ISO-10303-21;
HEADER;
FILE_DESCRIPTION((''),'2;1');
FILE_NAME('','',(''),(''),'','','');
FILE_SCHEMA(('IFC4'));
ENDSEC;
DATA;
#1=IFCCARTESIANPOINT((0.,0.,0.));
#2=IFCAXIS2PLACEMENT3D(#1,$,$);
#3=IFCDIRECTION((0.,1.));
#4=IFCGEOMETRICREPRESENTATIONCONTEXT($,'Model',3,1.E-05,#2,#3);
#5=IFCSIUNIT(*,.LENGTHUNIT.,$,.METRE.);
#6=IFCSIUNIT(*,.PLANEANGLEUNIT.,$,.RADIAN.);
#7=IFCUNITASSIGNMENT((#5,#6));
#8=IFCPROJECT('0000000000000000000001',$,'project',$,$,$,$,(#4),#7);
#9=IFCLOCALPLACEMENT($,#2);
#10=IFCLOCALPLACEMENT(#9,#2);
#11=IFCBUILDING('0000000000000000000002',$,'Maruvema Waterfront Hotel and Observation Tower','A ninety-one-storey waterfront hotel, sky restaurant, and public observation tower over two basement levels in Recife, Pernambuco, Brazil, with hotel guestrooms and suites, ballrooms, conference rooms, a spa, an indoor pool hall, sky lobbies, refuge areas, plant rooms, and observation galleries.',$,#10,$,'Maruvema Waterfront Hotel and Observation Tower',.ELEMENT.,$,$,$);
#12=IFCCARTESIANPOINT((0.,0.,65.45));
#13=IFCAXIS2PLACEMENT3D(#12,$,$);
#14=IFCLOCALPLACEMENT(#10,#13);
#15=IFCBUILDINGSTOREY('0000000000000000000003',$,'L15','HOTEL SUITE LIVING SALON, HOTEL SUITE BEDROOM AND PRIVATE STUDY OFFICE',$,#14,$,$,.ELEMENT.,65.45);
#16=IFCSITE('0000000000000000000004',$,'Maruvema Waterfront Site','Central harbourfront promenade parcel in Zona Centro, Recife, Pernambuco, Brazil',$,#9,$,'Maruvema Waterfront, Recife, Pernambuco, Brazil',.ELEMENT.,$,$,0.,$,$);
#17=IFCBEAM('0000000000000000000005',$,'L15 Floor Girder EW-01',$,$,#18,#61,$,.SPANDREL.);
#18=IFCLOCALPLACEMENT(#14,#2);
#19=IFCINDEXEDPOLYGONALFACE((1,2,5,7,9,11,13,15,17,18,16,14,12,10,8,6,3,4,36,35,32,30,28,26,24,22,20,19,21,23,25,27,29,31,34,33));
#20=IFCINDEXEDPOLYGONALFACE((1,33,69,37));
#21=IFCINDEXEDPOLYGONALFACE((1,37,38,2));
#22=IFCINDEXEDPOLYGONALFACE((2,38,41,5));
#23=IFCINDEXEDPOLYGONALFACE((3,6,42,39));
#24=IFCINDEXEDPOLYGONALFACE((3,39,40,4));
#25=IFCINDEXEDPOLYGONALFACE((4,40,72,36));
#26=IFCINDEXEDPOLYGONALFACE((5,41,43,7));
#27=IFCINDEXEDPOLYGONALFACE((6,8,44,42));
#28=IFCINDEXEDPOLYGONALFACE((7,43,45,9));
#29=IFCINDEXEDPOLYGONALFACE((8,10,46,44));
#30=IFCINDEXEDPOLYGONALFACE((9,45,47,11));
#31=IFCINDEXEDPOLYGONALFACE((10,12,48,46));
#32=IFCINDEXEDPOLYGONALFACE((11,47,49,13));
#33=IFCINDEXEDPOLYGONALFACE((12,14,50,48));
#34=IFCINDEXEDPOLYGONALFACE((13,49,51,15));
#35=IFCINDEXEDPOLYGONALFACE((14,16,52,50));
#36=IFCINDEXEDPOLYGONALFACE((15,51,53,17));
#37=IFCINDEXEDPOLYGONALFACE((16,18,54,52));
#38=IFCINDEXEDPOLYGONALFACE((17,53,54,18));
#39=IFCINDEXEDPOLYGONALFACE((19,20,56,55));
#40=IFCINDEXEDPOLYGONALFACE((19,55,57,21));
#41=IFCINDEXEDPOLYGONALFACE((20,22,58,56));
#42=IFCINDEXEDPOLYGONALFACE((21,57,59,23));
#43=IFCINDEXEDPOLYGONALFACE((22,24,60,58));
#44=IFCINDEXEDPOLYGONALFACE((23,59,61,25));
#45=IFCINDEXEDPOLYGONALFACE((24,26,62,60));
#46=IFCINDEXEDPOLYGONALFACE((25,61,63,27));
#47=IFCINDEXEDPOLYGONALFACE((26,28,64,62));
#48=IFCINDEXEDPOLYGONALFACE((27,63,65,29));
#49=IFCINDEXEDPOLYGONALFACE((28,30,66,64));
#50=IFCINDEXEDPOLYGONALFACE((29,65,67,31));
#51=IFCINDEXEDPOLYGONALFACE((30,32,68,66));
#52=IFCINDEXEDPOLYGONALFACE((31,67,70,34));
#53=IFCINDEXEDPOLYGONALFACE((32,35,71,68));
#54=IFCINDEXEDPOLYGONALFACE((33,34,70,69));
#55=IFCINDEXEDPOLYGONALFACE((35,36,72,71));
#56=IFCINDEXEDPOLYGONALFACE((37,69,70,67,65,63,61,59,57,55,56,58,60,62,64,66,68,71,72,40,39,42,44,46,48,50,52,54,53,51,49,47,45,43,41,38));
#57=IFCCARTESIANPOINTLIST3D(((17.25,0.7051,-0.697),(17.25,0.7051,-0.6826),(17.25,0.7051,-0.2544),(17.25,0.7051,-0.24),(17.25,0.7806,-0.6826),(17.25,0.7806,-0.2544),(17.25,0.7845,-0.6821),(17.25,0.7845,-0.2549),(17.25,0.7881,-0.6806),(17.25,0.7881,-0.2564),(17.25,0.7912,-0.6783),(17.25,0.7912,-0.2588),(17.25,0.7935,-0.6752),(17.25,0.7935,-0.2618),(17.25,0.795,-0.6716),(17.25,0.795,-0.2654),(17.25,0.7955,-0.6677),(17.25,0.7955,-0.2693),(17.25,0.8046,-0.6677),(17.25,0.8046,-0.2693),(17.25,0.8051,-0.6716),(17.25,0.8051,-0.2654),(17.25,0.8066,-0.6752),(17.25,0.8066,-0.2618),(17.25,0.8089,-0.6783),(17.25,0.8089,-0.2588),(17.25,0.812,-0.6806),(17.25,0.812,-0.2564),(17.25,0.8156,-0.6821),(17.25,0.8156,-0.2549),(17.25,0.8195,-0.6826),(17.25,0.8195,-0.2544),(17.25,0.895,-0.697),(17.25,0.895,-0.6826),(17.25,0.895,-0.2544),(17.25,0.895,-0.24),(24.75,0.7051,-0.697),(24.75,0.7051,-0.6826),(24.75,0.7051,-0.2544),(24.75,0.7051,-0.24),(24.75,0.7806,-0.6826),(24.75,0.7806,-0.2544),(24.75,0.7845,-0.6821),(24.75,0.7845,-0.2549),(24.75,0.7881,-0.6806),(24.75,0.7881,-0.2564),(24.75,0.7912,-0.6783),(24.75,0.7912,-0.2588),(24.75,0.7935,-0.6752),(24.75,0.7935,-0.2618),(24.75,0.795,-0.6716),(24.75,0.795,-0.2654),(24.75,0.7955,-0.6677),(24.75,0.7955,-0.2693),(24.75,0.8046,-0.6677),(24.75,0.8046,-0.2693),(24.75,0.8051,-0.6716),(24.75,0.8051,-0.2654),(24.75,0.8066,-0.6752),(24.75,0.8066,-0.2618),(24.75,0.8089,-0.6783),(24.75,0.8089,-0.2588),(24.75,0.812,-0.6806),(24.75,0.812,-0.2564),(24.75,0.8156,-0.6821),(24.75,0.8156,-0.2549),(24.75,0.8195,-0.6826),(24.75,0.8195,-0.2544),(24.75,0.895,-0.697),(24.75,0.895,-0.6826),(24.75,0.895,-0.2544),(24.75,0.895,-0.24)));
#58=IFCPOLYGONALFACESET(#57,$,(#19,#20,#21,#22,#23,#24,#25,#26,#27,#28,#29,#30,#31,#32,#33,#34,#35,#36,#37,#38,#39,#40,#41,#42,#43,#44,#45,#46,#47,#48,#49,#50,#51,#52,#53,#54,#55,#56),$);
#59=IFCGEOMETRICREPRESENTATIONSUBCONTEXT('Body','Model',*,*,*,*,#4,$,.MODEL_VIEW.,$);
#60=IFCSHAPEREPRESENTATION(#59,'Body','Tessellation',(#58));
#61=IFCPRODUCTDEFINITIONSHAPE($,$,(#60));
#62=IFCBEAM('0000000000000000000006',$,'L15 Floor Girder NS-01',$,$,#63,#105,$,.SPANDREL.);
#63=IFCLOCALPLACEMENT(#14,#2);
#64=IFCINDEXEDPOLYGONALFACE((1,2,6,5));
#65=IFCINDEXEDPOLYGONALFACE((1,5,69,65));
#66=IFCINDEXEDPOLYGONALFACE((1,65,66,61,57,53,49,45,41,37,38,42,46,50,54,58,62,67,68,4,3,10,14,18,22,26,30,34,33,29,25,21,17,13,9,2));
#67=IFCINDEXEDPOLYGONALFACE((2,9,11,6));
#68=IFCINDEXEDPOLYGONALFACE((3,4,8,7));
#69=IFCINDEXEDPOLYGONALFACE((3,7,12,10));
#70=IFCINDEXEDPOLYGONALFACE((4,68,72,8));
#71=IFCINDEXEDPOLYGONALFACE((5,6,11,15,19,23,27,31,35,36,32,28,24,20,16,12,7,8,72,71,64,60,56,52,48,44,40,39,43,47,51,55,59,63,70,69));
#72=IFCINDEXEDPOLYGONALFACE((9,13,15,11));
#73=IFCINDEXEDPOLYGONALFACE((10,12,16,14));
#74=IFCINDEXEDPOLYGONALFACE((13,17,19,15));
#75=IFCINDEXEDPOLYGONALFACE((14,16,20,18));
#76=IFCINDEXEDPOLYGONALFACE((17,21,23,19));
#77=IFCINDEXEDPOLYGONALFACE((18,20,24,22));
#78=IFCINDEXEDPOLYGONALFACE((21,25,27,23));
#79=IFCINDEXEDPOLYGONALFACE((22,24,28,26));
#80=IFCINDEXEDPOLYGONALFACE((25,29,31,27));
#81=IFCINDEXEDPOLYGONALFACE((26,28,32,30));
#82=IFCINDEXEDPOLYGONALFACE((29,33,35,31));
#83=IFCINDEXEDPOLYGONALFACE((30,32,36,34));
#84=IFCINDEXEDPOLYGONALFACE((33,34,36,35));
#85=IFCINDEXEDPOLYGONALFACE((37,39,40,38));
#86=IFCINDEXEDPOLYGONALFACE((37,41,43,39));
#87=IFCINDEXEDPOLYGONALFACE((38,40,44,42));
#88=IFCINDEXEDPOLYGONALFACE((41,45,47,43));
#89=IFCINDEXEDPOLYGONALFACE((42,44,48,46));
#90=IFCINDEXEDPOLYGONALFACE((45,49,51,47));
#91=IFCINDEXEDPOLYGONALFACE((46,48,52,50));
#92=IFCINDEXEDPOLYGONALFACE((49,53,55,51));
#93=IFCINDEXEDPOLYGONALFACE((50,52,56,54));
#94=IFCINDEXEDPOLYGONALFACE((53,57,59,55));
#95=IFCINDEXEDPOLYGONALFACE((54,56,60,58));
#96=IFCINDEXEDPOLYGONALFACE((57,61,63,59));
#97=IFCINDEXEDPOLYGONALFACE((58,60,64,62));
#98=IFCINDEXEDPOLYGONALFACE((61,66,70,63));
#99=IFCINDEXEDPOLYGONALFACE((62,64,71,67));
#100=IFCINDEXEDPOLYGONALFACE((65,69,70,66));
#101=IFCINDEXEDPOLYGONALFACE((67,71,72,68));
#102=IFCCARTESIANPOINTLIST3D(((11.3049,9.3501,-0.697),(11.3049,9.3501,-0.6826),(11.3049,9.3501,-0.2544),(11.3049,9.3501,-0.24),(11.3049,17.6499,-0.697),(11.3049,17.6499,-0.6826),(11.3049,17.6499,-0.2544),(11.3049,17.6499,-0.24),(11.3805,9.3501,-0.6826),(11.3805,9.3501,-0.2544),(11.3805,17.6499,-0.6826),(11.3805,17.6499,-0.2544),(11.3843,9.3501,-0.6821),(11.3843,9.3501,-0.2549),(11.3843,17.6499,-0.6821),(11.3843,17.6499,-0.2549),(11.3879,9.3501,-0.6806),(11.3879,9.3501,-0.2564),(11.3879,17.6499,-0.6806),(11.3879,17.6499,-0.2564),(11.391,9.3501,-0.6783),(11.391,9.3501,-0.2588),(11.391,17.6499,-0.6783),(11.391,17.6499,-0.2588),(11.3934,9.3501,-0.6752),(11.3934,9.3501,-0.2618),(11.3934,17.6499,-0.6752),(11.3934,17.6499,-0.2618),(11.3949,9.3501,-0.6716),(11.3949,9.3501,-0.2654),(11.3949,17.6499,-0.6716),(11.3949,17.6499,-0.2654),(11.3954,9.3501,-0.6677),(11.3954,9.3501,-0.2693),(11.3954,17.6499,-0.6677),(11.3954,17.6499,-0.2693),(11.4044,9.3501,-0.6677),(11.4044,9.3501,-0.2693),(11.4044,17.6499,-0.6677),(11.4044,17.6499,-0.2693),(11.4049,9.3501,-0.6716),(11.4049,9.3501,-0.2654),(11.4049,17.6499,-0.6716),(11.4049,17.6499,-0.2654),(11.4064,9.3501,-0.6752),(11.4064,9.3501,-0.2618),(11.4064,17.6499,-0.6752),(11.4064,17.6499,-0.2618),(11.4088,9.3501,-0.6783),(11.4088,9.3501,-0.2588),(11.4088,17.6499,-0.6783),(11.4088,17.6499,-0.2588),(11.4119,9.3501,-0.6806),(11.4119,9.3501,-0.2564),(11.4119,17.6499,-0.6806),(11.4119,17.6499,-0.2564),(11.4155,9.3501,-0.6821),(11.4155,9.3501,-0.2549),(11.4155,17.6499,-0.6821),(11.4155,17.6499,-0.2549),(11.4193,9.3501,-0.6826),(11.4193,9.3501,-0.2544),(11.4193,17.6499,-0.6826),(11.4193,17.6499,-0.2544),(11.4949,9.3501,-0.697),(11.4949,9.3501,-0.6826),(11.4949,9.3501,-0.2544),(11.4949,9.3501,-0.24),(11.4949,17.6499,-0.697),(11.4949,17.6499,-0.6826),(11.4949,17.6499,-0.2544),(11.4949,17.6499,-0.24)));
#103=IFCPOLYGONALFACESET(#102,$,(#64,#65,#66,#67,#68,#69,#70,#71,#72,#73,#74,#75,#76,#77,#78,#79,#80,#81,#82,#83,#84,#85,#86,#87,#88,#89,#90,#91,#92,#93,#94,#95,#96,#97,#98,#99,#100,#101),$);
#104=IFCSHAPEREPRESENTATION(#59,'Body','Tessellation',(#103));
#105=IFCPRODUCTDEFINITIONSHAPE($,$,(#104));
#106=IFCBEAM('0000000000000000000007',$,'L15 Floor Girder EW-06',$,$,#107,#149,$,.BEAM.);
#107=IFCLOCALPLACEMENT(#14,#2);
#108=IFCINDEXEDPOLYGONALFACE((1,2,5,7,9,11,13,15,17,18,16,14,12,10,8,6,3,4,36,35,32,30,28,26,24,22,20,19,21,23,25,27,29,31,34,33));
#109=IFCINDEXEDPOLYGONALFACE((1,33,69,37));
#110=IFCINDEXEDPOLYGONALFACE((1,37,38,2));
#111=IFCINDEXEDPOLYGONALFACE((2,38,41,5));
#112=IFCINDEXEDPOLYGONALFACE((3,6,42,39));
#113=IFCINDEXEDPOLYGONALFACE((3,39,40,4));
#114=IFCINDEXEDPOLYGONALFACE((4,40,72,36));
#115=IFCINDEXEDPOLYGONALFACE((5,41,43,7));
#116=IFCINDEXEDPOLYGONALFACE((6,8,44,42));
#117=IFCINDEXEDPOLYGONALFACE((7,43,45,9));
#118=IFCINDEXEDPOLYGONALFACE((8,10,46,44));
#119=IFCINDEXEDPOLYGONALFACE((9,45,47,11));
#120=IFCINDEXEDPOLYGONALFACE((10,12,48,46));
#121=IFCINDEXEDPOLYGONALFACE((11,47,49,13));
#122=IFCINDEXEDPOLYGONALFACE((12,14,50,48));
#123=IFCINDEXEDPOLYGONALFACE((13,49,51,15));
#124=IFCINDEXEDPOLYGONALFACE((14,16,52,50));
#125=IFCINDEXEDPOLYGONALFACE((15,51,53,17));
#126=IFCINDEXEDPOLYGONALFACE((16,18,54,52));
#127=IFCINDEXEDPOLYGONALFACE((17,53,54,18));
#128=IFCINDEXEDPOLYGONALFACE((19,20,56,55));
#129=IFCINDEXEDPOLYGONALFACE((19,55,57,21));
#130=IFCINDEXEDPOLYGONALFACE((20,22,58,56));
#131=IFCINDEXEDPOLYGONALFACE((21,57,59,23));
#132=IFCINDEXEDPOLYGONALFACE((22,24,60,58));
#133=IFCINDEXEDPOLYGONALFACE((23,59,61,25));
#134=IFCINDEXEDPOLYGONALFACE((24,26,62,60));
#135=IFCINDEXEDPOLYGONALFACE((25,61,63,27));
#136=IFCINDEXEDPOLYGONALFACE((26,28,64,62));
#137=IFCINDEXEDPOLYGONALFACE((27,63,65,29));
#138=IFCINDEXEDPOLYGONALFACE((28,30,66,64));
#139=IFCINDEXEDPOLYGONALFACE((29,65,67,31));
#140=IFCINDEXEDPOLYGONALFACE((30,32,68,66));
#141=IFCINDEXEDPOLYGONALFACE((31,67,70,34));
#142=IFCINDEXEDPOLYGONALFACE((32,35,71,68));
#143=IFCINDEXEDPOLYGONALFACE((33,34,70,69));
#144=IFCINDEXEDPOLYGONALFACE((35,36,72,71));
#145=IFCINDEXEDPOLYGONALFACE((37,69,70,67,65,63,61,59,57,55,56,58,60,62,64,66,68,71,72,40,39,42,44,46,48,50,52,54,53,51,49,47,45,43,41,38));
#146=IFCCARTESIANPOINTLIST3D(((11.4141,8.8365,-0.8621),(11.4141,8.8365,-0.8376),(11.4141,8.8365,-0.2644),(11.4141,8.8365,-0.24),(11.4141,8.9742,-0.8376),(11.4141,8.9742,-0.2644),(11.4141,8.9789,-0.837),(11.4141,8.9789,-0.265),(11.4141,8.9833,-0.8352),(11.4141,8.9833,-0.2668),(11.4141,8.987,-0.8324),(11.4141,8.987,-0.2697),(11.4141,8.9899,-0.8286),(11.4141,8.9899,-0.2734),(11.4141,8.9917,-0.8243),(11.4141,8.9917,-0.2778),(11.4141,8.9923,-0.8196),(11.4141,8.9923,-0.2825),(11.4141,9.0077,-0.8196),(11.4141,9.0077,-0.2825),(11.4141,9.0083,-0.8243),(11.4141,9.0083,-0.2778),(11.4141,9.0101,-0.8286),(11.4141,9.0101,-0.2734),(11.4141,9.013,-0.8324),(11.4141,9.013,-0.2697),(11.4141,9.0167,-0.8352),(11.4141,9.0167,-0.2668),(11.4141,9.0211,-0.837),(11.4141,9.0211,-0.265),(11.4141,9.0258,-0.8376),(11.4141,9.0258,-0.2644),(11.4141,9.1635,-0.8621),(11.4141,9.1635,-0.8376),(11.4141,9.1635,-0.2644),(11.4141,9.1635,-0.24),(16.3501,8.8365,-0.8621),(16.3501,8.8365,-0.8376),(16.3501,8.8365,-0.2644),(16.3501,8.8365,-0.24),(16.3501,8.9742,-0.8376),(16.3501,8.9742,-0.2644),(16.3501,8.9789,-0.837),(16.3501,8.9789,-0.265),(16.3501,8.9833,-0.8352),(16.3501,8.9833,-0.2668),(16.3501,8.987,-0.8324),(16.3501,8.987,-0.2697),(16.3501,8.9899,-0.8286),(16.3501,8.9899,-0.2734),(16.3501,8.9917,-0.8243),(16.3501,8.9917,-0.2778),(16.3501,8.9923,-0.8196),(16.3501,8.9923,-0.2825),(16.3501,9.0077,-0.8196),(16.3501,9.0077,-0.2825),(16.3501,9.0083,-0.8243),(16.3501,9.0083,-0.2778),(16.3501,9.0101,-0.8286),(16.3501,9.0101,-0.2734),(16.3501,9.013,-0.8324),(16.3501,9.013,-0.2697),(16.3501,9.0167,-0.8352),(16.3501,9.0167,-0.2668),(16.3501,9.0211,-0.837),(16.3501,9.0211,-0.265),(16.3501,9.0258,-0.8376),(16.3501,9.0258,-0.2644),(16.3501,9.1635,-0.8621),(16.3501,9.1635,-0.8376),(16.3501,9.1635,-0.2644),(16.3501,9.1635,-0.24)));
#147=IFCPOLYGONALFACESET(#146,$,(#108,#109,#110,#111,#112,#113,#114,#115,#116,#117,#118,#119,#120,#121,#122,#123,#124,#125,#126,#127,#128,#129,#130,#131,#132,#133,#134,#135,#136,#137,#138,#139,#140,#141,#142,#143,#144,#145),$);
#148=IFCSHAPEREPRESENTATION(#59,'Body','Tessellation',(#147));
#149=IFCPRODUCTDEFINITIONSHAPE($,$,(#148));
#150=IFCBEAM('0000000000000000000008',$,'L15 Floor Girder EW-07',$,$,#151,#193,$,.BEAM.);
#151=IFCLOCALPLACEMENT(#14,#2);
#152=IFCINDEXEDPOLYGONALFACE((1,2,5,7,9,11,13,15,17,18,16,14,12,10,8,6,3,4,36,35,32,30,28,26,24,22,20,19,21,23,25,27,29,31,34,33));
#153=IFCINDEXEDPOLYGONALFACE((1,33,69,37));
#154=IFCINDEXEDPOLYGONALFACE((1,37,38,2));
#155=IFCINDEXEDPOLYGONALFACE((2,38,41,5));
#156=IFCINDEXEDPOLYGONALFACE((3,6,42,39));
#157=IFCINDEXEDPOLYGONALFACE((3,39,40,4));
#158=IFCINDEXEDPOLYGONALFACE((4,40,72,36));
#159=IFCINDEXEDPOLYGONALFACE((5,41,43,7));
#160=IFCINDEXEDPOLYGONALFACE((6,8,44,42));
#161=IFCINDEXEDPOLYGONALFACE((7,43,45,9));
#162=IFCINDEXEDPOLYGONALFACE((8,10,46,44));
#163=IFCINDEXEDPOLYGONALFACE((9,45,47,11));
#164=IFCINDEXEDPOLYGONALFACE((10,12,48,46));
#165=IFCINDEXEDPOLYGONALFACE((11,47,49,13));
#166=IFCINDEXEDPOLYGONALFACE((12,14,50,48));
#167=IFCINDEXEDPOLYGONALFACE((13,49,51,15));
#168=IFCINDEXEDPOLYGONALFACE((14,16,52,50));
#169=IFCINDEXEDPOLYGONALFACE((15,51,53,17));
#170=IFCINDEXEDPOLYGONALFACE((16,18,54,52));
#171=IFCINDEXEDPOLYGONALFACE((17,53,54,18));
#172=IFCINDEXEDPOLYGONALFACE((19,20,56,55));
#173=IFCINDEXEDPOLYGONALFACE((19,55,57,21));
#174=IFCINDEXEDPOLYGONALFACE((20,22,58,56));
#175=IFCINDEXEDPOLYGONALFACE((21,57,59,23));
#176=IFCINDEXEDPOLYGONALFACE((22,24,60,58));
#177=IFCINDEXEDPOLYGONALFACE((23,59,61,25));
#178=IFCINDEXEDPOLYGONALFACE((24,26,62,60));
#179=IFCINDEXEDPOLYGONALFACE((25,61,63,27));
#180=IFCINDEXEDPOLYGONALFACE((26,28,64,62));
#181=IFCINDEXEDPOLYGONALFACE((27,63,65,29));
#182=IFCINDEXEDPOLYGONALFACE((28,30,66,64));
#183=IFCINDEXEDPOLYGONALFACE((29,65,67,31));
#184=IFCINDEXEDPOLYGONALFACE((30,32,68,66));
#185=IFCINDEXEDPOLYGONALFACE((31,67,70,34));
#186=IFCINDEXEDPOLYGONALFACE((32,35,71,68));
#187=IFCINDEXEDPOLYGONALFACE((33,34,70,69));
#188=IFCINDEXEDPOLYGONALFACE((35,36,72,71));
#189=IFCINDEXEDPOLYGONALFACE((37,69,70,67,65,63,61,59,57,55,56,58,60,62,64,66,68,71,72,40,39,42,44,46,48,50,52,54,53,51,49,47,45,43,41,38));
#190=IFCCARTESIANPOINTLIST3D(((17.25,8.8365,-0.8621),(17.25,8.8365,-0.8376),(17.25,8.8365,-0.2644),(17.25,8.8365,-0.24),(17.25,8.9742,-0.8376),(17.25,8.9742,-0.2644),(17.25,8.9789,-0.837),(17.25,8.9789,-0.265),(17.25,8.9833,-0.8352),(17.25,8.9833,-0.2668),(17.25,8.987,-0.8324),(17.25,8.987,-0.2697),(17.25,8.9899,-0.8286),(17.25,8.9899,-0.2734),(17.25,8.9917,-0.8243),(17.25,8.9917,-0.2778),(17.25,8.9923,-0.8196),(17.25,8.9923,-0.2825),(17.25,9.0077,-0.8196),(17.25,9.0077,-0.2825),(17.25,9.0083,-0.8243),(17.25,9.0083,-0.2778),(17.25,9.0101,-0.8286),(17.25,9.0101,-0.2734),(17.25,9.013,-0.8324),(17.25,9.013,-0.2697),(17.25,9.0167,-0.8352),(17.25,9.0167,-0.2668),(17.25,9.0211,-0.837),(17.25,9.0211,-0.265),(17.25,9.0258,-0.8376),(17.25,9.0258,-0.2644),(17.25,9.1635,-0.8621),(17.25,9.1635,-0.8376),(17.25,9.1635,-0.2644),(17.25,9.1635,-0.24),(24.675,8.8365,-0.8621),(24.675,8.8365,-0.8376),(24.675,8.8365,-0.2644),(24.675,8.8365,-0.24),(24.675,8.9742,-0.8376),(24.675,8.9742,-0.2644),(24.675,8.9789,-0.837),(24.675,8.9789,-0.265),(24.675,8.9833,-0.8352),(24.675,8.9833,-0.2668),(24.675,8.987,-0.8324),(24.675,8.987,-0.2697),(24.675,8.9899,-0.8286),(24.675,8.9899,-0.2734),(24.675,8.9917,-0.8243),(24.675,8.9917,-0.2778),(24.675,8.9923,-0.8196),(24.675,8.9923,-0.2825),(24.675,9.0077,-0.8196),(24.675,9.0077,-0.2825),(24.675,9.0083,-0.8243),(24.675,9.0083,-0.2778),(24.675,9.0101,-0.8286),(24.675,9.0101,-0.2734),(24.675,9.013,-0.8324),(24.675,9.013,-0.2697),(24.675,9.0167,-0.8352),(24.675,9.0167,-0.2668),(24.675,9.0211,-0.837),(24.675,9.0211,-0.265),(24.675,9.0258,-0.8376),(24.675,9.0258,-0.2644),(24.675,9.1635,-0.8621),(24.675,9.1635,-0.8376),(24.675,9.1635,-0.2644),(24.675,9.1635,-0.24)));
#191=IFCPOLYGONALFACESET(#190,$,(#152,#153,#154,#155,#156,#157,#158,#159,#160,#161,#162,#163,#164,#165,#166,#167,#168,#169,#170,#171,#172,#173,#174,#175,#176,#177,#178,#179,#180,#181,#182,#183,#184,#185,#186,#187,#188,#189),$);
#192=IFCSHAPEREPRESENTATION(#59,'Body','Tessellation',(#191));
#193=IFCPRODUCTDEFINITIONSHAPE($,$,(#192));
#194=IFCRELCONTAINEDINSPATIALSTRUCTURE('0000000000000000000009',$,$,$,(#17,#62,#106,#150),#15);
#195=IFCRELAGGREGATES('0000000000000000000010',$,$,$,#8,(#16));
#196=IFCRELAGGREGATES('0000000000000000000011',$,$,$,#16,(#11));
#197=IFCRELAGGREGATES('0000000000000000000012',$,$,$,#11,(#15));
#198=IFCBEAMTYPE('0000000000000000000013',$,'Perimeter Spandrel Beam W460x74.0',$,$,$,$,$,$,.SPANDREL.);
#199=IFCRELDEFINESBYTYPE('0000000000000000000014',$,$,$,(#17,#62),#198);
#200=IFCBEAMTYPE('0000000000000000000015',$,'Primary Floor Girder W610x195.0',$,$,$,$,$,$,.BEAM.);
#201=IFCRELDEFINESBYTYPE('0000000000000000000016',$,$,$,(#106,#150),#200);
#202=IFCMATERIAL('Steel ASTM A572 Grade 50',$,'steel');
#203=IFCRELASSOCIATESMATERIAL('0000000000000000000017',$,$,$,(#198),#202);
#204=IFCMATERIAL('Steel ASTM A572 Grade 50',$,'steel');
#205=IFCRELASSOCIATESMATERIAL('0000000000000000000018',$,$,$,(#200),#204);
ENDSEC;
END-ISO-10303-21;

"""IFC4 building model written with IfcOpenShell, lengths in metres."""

from ifc_helpers import new_model, si_unit, direction, frame, origin, origin_2d, place, context, subcontext, project, spatial, i_section, extrude, material, material_profile, profile_set, type_object, element, save


model = new_model("IFC4")

# Units and contexts
model_context = context("Model", 3, precision=1e-05, world=origin(), true_north=direction((0.0, 1.0)))
body_context = subcontext(model_context, "Body", "Model", "MODEL_VIEW")
ifc_project = project(units=[si_unit("LENGTHUNIT", "METRE"), si_unit("PLANEANGLEUNIT", "RADIAN")], contexts=[model_context])

# Site, building, storey
site_placement = place(None, origin())
site = spatial("IfcSite", under=ifc_project, at=site_placement, Name="Maruvema Waterfront Site", Description="Central harbourfront promenade parcel in Zona Centro, Recife, Pernambuco, Brazil", LongName="Maruvema Waterfront, Recife, Pernambuco, Brazil", CompositionType="ELEMENT", RefElevation=0.0)
building_placement = place(site_placement, origin())
building = spatial("IfcBuilding", under=site, at=building_placement, Name="Maruvema Waterfront Hotel and Observation Tower", Description="A ninety-one-storey waterfront hotel, sky restaurant, and public observation tower over two basement levels in Recife, Pernambuco, Brazil, with hotel guestrooms and suites, ballrooms, conference rooms, a spa, an indoor pool hall, sky lobbies, refuge areas, plant rooms, and observation galleries.", LongName="Maruvema Waterfront Hotel and Observation Tower", CompositionType="ELEMENT")
storey_placement = place(building_placement, frame((0.0, 0.0, 65.45)))
storey = spatial("IfcBuildingStorey", under=building, at=storey_placement, Name="L15", Description="HOTEL SUITE LIVING SALON, HOTEL SUITE BEDROOM AND PRIVATE STUDY OFFICE", CompositionType="ELEMENT", Elevation=65.45)

# Beams
ifc_material_1 = material(Name="Steel ASTM A572 Grade 50", Category="steel")
ifc_material_profile_1 = material_profile(ifc_material_1, i_section(OverallWidth=0.1899, OverallDepth=0.457, WebThickness=0.009, FlangeThickness=0.0144, FilletRadius=0.0149, at=origin_2d()), Name="W460x74.0")
ifc_profile_set_1 = profile_set([ifc_material_profile_1], Name="Steel ASTM A572 Grade 50")
beam_type_1 = type_object("IfcBeamType", Name="Perimeter Spandrel Beam W460x74.0", PredefinedType="SPANDREL", material=ifc_profile_set_1)
beam_1_placement = place(storey_placement, frame((17.25, 0.8, -0.4685), z_axis=(1.0, 0.0, 0.0), x_axis=(0.0, 1.0, 0.0)))
element("IfcBeam", 1, at=beam_1_placement, inside=storey, type_object=beam_type_1, Name="L15 Floor Girder EW-01", PredefinedType="SPANDREL", context=body_context, shape_type="SweptSolid", body=[
    extrude(i_section(OverallWidth=0.1899, OverallDepth=0.457, WebThickness=0.009, FlangeThickness=0.0144, FilletRadius=0.0149, at=origin_2d()), origin(), (0.0, 0.0, 1.0), 7.5),
])
beam_2_placement = place(storey_placement, frame((11.3999, 9.3501, -0.4685), z_axis=(0.0, 1.0, 0.0), x_axis=(-1.0, 0.0, 0.0)))
element("IfcBeam", 2, at=beam_2_placement, inside=storey, type_object=beam_type_1, Name="L15 Floor Girder NS-01", PredefinedType="SPANDREL", context=body_context, shape_type="SweptSolid", body=[
    extrude(i_section(OverallWidth=0.1899, OverallDepth=0.457, WebThickness=0.009, FlangeThickness=0.0144, FilletRadius=0.0149, at=origin_2d()), origin(), (0.0, 0.0, 1.0), 8.2998),
])
ifc_material_2 = material(Name="Steel ASTM A572 Grade 50", Category="steel")
ifc_material_profile_2 = material_profile(ifc_material_2, i_section(OverallWidth=0.3269, OverallDepth=0.6221, WebThickness=0.0154, FlangeThickness=0.0244, FilletRadius=0.0181, at=origin_2d()), Name="W610x195.0")
ifc_profile_set_2 = profile_set([ifc_material_profile_2], Name="Steel ASTM A572 Grade 50")
beam_type_2 = type_object("IfcBeamType", Name="Primary Floor Girder W610x195.0", PredefinedType="BEAM", material=ifc_profile_set_2)
beam_3_placement = place(storey_placement, frame((11.4141, 9.0, -0.551), z_axis=(1.0, 0.0, 0.0), x_axis=(0.0, 1.0, 0.0)))
element("IfcBeam", 3, at=beam_3_placement, inside=storey, type_object=beam_type_2, Name="L15 Floor Girder EW-06", PredefinedType="BEAM", context=body_context, shape_type="SweptSolid", body=[
    extrude(i_section(OverallWidth=0.3269, OverallDepth=0.6221, WebThickness=0.0154, FlangeThickness=0.0244, FilletRadius=0.0181, at=origin_2d()), origin(), (0.0, 0.0, 1.0), 4.936),
])
beam_4_placement = place(storey_placement, frame((17.25, 9.0, -0.551), z_axis=(1.0, 0.0, 0.0), x_axis=(0.0, 1.0, 0.0)))
element("IfcBeam", 4, at=beam_4_placement, inside=storey, type_object=beam_type_2, Name="L15 Floor Girder EW-07", PredefinedType="BEAM", context=body_context, shape_type="SweptSolid", body=[
    extrude(i_section(OverallWidth=0.3269, OverallDepth=0.6221, WebThickness=0.0154, FlangeThickness=0.0244, FilletRadius=0.0181, at=origin_2d()), origin(), (0.0, 0.0, 1.0), 7.425),
])

save(model, "model.ifc")
